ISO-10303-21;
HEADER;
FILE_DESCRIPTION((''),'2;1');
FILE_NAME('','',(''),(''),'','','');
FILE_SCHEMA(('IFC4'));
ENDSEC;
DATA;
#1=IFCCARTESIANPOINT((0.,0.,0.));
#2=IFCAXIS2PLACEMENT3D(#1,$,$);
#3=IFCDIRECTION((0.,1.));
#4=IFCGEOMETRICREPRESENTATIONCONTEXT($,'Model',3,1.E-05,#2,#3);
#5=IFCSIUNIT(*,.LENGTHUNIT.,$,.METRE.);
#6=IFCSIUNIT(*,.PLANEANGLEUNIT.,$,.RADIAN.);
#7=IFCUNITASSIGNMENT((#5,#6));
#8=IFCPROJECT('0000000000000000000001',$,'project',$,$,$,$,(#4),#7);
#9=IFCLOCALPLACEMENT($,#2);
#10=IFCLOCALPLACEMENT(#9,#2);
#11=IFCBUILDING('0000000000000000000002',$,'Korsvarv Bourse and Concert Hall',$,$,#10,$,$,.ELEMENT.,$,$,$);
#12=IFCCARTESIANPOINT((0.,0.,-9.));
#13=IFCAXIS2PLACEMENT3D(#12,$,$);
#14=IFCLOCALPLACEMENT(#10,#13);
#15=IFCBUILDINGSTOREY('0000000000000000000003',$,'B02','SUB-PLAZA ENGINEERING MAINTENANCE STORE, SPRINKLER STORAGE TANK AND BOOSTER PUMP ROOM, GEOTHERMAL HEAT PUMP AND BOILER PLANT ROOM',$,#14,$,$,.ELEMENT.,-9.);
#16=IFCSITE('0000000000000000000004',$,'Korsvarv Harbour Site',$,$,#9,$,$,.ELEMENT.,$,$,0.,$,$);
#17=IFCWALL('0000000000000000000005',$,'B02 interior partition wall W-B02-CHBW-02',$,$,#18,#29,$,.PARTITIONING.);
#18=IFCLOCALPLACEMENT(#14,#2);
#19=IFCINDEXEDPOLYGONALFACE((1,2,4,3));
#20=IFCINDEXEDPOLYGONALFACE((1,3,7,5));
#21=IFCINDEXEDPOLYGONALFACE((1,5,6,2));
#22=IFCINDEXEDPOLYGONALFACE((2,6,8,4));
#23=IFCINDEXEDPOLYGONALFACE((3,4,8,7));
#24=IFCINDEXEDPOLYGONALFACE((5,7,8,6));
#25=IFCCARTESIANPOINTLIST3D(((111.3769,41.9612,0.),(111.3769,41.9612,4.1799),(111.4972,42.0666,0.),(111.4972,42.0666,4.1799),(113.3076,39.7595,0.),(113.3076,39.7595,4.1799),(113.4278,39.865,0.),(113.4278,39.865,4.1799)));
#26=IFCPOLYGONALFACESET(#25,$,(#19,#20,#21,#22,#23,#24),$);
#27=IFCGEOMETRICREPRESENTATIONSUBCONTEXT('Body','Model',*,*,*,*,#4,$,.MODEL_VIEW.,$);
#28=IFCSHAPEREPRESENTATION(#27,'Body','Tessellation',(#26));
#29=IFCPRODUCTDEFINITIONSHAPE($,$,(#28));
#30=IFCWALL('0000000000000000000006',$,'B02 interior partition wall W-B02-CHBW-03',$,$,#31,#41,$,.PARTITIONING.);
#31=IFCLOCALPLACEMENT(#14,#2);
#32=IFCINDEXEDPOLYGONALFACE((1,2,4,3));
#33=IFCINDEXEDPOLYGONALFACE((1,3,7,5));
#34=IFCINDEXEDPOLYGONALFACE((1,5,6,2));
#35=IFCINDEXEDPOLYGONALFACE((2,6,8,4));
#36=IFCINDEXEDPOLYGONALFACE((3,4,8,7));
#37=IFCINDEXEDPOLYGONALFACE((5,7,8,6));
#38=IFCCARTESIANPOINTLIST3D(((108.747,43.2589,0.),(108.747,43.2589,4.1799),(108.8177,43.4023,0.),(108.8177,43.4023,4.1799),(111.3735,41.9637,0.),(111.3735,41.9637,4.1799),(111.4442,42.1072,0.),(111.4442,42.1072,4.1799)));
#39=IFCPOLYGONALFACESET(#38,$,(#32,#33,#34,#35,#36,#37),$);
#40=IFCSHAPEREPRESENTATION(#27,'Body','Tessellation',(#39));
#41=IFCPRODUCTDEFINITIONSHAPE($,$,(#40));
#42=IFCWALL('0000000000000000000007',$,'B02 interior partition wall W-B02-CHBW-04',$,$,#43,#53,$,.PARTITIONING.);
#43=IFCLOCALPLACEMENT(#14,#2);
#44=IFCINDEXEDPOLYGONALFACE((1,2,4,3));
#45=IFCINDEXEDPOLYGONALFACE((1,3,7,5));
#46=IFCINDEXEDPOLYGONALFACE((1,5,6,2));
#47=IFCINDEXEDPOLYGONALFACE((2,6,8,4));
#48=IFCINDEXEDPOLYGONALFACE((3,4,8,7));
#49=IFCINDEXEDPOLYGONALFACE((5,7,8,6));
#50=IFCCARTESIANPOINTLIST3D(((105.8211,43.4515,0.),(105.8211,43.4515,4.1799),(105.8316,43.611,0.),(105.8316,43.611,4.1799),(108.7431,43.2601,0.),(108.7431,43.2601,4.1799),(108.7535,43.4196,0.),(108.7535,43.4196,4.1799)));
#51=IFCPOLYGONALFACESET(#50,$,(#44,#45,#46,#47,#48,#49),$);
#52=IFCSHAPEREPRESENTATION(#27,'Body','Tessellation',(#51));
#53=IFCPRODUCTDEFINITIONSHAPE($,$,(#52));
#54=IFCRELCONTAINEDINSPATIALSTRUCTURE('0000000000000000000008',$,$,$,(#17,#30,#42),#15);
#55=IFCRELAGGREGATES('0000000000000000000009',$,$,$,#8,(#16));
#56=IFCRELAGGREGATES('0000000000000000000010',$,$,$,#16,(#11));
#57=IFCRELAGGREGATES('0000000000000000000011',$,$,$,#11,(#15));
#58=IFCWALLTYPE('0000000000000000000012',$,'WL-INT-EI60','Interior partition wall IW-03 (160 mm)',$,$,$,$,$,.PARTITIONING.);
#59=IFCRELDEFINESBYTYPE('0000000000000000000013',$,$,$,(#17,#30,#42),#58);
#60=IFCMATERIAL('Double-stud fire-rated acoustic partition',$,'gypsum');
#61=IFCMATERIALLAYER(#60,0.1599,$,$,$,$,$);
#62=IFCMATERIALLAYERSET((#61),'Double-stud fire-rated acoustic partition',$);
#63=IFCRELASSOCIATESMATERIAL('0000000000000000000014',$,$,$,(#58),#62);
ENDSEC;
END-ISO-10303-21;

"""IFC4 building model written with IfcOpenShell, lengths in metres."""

from ifc_helpers import new_model, si_unit, direction, frame, frame_2d, origin, place, context, subcontext, project, spatial, rectangle, extrude, material, layer, layer_set, type_object, element, save


model = new_model("IFC4")

# Units and contexts
model_context = context("Model", 3, precision=1e-05, world=origin(), true_north=direction((0.0, 1.0)))
body_context = subcontext(model_context, "Body", "Model", "MODEL_VIEW")
ifc_project = project(units=[si_unit("LENGTHUNIT", "METRE"), si_unit("PLANEANGLEUNIT", "RADIAN")], contexts=[model_context])

# Site, building, storey
site_placement = place(None, origin())
site = spatial("IfcSite", under=ifc_project, at=site_placement, Name="Korsvarv Harbour Site", CompositionType="ELEMENT", RefElevation=0.0)
building_placement = place(site_placement, origin())
building = spatial("IfcBuilding", under=site, at=building_placement, Name="Korsvarv Bourse and Concert Hall", CompositionType="ELEMENT")
storey_placement = place(building_placement, frame((0.0, 0.0, -9.0)))
storey = spatial("IfcBuildingStorey", under=building, at=storey_placement, Name="B02", Description="SUB-PLAZA ENGINEERING MAINTENANCE STORE, SPRINKLER STORAGE TANK AND BOOSTER PUMP ROOM, GEOTHERMAL HEAT PUMP AND BOILER PLANT ROOM", CompositionType="ELEMENT", Elevation=-9.0)

# Shared definitions
ifc_material_1 = material(Name="Double-stud fire-rated acoustic partition", Category="gypsum")
ifc_layer_1 = layer(ifc_material_1, 0.1599)
ifc_layer_set_1 = layer_set([ifc_layer_1], Name="Double-stud fire-rated acoustic partition")
wall_type_1 = type_object("IfcWallType", Name="WL-INT-EI60", Description="Interior partition wall IW-03 (160 mm)", PredefinedType="PARTITIONING", material=ifc_layer_set_1)

# Walls
wall_1_placement = place(storey_placement, frame((113.3677, 39.8123, 0.0), z_axis=(0.0, 0.0, 1.0), x_axis=(-0.659319, 0.751864, 0.0)))
element("IfcWall", 1, at=wall_1_placement, inside=storey, type_object=wall_type_1, Name="B02 interior partition wall W-B02-CHBW-02", PredefinedType="PARTITIONING", context=body_context, shape_type="SweptSolid", body=[
    extrude(rectangle(XDim=2.9282, YDim=0.1599, at=frame_2d((1.4641, 0.0))), origin(), (0.0, 0.0, 1.0), 4.1799),
])
wall_2_placement = place(storey_placement, frame((111.4089, 42.0354, 0.0), z_axis=(0.0, 0.0, 1.0), x_axis=(-0.896881, 0.442271, 0.0)))
element("IfcWall", 2, at=wall_2_placement, inside=storey, type_object=wall_type_1, Name="B02 interior partition wall W-B02-CHBW-03", PredefinedType="PARTITIONING", context=body_context, shape_type="SweptSolid", body=[
    extrude(rectangle(XDim=2.9285, YDim=0.1599, at=frame_2d((1.4644, 0.0))), origin(), (0.0, 0.0, 1.0), 4.1799),
])
wall_3_placement = place(storey_placement, frame((108.7483, 43.3398, 0.0), z_axis=(0.0, 0.0, 1.0), x_axis=(-0.997861, 0.065368, 0.0)))
element("IfcWall", 3, at=wall_3_placement, inside=storey, type_object=wall_type_1, Name="B02 interior partition wall W-B02-CHBW-04", PredefinedType="PARTITIONING", context=body_context, shape_type="SweptSolid", body=[
    extrude(rectangle(XDim=2.9282, YDim=0.1599, at=frame_2d((1.4641, 0.0))), origin(), (0.0, 0.0, 1.0), 4.1799),
])

save(model, "model.ifc")
